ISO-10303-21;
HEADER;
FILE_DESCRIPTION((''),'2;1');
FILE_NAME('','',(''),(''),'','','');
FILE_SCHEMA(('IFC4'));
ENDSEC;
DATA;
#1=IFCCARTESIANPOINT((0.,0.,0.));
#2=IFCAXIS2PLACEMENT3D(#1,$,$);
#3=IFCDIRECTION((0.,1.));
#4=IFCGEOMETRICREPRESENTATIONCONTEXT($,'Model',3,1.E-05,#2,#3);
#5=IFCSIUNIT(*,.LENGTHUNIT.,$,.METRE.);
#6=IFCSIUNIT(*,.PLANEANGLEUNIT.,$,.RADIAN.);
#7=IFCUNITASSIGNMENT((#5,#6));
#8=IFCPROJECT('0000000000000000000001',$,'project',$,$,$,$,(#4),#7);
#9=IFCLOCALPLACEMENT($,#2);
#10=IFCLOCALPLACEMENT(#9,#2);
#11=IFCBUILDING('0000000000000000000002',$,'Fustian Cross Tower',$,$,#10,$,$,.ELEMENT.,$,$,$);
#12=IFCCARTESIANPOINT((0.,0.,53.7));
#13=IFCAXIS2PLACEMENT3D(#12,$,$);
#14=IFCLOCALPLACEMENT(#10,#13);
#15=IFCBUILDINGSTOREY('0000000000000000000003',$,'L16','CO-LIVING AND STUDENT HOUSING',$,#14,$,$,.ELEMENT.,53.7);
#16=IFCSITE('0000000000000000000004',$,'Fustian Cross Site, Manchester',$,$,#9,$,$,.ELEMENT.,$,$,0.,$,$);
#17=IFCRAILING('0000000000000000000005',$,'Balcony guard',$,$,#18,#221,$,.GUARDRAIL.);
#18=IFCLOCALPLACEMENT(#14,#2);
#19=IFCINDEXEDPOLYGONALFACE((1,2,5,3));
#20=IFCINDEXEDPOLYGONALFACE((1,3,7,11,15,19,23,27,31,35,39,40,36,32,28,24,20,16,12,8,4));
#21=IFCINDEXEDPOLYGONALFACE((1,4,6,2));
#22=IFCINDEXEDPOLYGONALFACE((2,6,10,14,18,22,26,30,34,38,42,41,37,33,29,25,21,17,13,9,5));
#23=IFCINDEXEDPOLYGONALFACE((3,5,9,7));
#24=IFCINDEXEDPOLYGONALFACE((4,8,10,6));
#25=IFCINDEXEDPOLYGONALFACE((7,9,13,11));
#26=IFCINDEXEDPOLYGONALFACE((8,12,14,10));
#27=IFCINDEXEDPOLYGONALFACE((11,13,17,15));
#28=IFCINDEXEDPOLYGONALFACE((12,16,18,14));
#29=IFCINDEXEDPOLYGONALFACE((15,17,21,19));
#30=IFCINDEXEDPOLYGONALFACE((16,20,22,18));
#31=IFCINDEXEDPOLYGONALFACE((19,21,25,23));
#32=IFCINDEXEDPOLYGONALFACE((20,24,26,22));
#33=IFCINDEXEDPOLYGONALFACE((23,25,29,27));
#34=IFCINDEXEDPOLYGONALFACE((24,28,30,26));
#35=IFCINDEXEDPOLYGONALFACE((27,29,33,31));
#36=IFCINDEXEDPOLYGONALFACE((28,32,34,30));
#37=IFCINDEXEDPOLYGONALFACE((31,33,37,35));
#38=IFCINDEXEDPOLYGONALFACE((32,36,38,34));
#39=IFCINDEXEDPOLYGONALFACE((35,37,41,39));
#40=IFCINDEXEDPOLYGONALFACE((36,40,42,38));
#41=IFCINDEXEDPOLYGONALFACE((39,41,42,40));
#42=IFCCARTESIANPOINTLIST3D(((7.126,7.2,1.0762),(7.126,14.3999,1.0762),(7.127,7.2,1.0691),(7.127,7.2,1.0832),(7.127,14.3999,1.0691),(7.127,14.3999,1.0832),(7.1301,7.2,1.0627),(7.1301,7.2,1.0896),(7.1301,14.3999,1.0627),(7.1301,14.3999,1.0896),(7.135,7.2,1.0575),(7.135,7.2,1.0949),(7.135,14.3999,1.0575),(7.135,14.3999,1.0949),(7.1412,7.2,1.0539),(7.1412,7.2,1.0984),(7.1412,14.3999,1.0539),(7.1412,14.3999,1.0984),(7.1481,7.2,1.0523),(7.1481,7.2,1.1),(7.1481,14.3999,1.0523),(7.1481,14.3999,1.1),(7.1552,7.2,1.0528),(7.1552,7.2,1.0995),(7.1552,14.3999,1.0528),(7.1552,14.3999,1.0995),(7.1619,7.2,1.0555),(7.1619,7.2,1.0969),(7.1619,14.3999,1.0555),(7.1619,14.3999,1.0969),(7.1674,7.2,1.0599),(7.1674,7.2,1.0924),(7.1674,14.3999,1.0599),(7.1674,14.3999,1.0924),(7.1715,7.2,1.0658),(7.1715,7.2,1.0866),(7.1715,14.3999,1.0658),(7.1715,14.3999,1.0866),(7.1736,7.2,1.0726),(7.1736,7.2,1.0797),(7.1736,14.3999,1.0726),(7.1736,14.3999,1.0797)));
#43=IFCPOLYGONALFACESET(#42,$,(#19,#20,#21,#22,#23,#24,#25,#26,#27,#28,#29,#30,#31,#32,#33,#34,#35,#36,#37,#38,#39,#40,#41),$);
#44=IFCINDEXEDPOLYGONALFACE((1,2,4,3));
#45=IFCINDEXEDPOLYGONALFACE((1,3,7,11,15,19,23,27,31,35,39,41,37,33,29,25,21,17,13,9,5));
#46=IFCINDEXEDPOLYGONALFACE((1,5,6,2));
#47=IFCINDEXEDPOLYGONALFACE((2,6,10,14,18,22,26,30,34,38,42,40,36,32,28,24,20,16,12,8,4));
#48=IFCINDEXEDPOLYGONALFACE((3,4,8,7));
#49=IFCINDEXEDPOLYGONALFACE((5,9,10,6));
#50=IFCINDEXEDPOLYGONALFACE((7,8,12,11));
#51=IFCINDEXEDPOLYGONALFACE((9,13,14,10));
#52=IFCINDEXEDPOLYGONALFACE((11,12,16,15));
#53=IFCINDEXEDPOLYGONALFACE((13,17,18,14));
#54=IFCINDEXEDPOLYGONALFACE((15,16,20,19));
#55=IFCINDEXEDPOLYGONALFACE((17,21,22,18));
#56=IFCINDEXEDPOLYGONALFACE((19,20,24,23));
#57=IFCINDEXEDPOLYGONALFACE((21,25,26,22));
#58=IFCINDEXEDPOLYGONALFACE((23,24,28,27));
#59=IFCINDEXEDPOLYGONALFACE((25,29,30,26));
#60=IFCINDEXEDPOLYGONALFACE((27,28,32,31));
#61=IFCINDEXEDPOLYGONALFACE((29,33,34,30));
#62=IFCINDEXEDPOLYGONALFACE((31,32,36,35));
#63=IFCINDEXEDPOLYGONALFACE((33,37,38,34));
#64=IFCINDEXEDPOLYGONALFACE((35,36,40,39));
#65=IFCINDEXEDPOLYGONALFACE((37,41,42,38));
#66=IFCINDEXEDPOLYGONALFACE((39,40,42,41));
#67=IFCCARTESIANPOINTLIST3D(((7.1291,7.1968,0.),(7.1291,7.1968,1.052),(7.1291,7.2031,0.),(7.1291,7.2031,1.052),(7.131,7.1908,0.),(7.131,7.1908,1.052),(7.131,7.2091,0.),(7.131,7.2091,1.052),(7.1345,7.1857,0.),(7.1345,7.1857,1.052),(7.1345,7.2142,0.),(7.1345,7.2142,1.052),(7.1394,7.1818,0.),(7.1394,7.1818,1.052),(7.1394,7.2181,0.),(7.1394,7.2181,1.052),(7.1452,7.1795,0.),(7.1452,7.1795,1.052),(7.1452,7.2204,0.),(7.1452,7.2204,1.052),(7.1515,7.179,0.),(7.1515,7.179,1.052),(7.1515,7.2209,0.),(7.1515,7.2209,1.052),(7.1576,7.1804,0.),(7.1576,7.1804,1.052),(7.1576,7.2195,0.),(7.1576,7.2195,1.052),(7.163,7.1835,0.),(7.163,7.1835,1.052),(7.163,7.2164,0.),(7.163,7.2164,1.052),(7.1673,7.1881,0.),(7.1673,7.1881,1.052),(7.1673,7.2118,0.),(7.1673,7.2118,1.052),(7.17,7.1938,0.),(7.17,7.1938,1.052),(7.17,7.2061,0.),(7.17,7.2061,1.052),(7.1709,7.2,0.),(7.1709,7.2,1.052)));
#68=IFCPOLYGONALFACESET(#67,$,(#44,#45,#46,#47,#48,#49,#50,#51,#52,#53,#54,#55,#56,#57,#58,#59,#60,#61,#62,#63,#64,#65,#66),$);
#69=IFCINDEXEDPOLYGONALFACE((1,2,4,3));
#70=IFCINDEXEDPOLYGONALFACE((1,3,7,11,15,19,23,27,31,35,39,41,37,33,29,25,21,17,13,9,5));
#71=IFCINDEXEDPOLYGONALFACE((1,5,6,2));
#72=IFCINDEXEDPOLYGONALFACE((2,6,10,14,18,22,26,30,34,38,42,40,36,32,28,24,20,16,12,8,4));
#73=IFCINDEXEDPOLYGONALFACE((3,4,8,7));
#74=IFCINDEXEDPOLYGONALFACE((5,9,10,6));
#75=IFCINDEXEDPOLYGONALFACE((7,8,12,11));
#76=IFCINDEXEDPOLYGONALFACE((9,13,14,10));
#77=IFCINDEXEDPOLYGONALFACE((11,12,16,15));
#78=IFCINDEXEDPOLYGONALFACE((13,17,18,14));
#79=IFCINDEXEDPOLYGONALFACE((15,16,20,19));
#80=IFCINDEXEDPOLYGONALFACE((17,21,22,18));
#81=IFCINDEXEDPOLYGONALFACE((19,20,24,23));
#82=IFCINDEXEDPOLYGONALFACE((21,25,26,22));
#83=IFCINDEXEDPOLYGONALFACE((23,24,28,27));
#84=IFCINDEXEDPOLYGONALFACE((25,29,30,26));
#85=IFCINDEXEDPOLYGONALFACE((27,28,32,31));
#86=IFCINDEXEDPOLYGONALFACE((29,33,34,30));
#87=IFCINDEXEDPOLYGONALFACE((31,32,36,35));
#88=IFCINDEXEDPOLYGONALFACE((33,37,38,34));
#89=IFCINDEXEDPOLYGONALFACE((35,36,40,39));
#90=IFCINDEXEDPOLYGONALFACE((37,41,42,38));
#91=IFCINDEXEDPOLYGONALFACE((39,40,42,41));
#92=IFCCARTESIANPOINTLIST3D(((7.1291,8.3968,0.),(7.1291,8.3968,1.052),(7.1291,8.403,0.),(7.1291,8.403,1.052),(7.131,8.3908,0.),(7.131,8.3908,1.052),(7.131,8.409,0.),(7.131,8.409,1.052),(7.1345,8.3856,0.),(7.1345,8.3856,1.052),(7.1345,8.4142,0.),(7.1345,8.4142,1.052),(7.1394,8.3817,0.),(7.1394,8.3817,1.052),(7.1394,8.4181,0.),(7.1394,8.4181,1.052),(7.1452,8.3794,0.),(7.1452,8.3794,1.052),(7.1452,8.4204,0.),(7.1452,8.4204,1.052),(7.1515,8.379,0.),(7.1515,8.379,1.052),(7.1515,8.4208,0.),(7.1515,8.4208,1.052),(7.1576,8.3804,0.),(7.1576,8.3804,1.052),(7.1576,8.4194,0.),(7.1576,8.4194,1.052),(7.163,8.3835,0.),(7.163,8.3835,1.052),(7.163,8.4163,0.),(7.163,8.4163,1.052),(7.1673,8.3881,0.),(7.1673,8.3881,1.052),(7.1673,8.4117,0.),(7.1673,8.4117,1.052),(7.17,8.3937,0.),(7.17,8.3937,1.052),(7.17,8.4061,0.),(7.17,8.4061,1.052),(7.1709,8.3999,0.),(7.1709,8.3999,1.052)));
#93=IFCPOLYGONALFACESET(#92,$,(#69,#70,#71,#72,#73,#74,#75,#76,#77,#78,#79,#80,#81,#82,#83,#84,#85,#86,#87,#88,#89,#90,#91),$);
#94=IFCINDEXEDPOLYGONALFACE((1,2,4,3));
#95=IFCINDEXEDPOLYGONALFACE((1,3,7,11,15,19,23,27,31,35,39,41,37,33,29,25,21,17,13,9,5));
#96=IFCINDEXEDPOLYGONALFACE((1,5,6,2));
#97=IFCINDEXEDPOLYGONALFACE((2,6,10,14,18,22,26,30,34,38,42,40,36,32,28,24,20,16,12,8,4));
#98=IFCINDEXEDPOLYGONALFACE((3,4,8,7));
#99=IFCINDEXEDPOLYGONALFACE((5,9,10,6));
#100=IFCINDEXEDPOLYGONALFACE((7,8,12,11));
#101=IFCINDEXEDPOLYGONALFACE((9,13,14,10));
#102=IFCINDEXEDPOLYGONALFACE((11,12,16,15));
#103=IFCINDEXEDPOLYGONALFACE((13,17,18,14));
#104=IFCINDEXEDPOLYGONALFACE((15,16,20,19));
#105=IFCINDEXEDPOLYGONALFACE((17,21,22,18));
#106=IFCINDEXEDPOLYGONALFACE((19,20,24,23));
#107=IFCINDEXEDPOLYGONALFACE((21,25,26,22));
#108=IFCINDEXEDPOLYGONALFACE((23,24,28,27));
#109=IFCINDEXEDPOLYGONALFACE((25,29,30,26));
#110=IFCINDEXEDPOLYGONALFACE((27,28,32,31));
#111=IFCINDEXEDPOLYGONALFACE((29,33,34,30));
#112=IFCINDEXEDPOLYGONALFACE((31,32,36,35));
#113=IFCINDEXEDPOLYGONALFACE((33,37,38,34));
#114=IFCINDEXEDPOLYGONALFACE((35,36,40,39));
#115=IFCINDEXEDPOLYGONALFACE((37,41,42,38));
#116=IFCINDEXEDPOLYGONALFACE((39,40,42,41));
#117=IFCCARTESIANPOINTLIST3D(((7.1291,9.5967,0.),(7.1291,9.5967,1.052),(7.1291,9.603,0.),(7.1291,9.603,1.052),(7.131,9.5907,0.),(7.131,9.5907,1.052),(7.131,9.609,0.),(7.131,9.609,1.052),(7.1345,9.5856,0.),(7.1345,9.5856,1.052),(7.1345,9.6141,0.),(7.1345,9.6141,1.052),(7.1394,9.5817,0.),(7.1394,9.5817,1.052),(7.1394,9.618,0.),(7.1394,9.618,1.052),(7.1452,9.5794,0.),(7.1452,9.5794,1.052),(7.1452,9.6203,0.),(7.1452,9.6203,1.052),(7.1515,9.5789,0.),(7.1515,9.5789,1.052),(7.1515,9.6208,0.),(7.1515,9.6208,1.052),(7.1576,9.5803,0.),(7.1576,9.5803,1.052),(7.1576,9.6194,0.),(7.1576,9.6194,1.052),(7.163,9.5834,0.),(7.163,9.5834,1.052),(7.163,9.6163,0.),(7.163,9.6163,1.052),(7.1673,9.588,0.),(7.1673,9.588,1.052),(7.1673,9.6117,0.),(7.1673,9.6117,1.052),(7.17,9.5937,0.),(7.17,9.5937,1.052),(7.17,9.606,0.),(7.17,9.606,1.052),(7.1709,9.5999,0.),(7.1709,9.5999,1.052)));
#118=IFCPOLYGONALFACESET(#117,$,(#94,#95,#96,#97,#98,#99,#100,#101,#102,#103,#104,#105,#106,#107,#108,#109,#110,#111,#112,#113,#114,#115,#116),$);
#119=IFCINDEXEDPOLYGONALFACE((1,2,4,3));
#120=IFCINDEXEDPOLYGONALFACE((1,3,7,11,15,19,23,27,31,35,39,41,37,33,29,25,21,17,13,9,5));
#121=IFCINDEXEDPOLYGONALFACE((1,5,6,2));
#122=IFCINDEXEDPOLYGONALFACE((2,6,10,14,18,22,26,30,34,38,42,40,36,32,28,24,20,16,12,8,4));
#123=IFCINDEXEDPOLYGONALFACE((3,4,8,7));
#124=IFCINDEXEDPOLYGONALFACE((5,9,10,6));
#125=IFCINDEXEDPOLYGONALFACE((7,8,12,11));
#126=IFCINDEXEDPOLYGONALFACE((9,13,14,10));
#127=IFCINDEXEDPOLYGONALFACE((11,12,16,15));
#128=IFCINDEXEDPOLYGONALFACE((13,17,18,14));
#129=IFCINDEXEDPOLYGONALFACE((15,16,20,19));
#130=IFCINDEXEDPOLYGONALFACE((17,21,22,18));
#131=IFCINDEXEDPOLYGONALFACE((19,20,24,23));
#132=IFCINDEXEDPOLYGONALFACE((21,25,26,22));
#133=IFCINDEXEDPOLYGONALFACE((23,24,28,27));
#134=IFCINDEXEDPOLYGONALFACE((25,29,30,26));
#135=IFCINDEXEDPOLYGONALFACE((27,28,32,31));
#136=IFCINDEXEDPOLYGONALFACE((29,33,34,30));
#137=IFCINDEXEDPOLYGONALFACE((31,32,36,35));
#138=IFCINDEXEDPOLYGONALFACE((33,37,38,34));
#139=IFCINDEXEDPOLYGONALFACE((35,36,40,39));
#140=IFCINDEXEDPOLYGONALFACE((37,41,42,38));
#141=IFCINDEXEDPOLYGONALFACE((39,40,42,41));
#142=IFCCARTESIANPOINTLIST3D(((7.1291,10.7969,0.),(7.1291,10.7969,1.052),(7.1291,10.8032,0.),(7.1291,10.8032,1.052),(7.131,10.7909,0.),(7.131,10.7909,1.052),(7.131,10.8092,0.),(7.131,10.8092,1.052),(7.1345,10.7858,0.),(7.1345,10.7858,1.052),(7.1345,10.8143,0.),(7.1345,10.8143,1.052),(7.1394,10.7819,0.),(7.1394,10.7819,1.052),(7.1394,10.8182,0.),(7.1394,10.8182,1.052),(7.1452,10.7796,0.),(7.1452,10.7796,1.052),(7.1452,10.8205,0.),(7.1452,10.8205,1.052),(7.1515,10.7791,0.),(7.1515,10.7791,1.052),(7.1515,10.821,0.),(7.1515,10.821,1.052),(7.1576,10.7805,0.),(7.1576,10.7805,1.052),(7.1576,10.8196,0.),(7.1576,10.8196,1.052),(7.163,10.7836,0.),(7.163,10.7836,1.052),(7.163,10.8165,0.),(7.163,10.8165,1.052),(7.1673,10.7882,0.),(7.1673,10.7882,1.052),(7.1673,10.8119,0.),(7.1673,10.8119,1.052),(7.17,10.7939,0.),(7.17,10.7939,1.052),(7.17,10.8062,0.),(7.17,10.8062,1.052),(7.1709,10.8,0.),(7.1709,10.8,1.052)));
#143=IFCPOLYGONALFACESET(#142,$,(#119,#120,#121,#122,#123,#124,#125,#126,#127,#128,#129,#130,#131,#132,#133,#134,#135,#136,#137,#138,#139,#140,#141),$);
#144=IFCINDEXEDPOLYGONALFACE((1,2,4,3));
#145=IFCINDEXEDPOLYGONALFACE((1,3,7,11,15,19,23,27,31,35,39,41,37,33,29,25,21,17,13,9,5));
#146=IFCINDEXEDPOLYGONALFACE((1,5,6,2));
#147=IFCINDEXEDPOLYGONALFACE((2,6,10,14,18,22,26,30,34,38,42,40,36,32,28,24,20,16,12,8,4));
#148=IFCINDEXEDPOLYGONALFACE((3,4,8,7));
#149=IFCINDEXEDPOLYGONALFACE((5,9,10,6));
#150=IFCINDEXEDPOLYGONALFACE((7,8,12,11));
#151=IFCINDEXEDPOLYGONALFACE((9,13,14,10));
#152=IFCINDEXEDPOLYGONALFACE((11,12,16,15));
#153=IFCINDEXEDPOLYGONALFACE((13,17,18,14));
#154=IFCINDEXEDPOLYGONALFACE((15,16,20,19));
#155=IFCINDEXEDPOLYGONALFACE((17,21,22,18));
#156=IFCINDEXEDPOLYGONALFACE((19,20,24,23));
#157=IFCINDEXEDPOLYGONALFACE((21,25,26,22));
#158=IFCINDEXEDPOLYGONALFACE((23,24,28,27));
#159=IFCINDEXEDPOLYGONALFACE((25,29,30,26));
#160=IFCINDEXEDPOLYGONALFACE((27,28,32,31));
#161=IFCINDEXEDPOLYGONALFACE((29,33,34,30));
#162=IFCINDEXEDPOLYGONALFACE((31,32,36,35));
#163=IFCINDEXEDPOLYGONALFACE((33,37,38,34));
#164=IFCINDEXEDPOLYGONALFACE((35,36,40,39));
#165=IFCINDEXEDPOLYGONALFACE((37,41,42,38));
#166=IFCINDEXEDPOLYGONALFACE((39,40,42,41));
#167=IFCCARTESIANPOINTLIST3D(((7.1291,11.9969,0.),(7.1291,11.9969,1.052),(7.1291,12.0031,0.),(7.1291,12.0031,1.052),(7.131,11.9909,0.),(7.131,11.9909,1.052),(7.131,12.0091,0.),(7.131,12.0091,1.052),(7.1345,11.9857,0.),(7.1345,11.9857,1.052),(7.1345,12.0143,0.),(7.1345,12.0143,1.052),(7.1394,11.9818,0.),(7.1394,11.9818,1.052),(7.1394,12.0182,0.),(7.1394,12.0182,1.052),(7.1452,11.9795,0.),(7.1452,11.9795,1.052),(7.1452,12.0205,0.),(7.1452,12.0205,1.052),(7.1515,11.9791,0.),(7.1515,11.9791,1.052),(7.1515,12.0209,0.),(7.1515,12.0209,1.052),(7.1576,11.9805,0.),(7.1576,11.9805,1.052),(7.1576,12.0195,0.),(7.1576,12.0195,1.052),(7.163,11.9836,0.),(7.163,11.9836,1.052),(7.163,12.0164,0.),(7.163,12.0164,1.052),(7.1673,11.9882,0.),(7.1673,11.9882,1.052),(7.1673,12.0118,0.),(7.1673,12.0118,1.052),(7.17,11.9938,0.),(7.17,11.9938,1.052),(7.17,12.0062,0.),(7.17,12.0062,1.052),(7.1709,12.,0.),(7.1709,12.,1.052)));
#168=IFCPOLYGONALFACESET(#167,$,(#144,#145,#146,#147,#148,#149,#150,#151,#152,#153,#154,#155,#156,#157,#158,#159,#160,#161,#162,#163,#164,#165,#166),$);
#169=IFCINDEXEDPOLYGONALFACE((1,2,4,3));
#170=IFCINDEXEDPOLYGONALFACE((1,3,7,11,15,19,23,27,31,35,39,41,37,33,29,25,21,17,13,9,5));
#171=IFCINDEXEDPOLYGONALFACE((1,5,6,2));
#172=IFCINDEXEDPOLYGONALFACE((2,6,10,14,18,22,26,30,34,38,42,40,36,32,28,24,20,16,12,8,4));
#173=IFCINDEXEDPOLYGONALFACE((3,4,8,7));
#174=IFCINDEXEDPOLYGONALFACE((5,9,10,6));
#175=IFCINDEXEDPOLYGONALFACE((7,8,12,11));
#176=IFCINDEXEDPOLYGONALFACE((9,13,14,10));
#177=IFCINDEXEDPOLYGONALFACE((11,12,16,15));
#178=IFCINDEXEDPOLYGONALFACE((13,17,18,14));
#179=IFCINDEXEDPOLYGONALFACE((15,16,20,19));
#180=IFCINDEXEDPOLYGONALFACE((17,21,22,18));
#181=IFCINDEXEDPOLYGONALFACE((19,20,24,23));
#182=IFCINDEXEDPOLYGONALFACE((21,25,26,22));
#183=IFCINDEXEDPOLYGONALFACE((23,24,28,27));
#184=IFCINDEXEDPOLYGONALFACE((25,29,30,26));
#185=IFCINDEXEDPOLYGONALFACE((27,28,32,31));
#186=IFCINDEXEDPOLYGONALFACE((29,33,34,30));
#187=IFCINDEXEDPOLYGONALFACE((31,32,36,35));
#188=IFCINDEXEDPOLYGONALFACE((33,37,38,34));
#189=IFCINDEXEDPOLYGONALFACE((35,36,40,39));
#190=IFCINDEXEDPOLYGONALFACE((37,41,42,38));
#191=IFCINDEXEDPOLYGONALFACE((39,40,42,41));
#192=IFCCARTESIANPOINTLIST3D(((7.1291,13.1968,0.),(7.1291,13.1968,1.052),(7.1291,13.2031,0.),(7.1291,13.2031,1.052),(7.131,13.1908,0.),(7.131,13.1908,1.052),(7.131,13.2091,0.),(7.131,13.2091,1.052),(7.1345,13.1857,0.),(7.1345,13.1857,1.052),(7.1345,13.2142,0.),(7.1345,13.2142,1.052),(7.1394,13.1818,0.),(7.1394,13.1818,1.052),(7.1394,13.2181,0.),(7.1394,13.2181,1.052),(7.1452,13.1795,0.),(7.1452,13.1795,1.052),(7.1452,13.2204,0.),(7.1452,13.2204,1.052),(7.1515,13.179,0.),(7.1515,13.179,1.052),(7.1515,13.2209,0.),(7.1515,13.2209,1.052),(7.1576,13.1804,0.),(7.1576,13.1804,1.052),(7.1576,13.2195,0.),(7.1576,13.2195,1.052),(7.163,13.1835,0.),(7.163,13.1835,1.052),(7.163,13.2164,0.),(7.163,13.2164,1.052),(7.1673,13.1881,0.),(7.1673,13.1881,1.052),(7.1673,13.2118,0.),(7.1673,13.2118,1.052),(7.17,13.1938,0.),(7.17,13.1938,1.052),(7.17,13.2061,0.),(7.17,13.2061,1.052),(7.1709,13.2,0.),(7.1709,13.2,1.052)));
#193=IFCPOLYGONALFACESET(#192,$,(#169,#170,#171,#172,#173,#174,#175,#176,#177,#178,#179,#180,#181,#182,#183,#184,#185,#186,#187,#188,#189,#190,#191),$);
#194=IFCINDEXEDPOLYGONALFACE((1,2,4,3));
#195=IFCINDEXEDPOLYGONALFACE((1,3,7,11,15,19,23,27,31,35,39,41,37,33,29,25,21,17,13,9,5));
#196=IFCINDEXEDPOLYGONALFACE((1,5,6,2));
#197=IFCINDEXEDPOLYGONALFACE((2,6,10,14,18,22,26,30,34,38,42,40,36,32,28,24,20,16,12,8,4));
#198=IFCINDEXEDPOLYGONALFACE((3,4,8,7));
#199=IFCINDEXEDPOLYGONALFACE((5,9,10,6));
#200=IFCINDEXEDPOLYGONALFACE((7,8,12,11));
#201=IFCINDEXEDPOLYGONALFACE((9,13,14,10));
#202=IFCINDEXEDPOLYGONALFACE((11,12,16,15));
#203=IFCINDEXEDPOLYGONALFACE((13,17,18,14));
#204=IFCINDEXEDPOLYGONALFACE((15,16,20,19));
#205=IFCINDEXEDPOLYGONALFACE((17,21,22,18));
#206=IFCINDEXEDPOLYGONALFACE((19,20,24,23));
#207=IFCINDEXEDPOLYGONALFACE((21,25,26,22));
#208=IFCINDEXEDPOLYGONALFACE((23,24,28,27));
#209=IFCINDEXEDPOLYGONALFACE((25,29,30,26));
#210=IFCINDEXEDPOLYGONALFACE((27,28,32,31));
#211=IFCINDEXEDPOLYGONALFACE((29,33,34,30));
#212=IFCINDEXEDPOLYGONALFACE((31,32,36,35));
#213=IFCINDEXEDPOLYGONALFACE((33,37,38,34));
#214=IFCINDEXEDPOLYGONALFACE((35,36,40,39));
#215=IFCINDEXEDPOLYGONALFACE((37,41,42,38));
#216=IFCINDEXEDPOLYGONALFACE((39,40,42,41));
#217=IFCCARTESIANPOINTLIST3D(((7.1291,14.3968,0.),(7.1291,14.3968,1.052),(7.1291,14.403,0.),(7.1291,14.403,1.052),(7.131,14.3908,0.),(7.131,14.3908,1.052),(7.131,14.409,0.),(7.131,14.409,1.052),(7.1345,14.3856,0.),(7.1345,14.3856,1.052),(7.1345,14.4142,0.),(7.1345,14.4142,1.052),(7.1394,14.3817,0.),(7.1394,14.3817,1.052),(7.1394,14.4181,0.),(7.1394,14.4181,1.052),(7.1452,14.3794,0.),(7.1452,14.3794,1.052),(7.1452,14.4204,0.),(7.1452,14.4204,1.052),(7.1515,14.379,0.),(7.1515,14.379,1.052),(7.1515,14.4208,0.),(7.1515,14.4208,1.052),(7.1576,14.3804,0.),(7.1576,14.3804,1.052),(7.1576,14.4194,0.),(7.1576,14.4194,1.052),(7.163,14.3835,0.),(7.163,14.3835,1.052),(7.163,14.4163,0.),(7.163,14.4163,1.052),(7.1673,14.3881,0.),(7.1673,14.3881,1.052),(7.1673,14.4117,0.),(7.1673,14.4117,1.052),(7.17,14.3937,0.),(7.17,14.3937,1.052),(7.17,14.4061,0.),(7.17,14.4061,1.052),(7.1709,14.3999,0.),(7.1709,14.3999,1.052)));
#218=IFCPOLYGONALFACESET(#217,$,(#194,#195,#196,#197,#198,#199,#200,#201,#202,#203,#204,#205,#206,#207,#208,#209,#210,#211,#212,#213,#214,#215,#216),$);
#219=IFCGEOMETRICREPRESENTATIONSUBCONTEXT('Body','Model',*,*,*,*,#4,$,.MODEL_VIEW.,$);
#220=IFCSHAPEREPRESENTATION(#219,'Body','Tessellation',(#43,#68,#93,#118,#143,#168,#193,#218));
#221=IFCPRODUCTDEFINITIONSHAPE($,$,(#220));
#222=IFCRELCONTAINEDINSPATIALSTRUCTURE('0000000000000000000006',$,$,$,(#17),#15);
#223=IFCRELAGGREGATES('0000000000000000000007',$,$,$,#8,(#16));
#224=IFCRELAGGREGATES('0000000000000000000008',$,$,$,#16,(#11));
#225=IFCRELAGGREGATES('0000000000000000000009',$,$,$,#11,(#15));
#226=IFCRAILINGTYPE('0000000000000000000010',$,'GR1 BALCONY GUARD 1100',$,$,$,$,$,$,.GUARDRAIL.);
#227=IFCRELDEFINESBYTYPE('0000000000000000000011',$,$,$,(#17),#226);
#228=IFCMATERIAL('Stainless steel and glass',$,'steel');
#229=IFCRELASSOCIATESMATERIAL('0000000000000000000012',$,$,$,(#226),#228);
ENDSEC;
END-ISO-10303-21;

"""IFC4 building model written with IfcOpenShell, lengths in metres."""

from ifc_helpers import new_model, si_unit, direction, frame, origin, origin_2d, place, context, subcontext, project, spatial, circle, extrude, material, type_object, element, save


model = new_model("IFC4")

# Units and contexts
model_context = context("Model", 3, precision=1e-05, world=origin(), true_north=direction((0.0, 1.0)))
body_context = subcontext(model_context, "Body", "Model", "MODEL_VIEW")
ifc_project = project(units=[si_unit("LENGTHUNIT", "METRE"), si_unit("PLANEANGLEUNIT", "RADIAN")], contexts=[model_context])

# Site, building, storey
site_placement = place(None, origin())
site = spatial("IfcSite", under=ifc_project, at=site_placement, Name="Fustian Cross Site, Manchester", CompositionType="ELEMENT", RefElevation=0.0)
building_placement = place(site_placement, origin())
building = spatial("IfcBuilding", under=site, at=building_placement, Name="Fustian Cross Tower", CompositionType="ELEMENT")
storey_placement = place(building_placement, frame((0.0, 0.0, 53.7)))
storey = spatial("IfcBuildingStorey", under=building, at=storey_placement, Name="L16", Description="CO-LIVING AND STUDENT HOUSING", CompositionType="ELEMENT", Elevation=53.7)

# Railing
ifc_material_1 = material(Name="Stainless steel and glass", Category="steel")
railing_type = type_object("IfcRailingType", Name="GR1 BALCONY GUARD 1100", PredefinedType="GUARDRAIL", material=ifc_material_1)
railing_placement = place(storey_placement, frame((7.1499, 7.2, 0.0)))
element("IfcRailing", 1, at=railing_placement, inside=storey, type_object=railing_type, Name="Balcony guard", PredefinedType="GUARDRAIL", context=body_context, shape_type="SweptSolid", body=[
    extrude(circle(Radius=0.0239, at=origin_2d()), frame((0.0, 0.0, 1.0762), z_axis=(0.0, 1.0, 0.0), x_axis=(-1.0, 0.0, 0.0)), (0.0, 0.0, 1.0), 7.2),
    extrude(circle(Radius=0.021, at=origin_2d()), origin(), (0.0, 0.0, 1.0), 1.052),
    extrude(circle(Radius=0.021, at=origin_2d()), frame((0.0, 1.2, 0.0)), (0.0, 0.0, 1.0), 1.052),
    extrude(circle(Radius=0.021, at=origin_2d()), frame((0.0, 2.3999, 0.0)), (0.0, 0.0, 1.0), 1.052),
    extrude(circle(Radius=0.021, at=origin_2d()), frame((0.0, 3.6001, 0.0)), (0.0, 0.0, 1.0), 1.052),
    extrude(circle(Radius=0.021, at=origin_2d()), frame((0.0, 4.8, 0.0)), (0.0, 0.0, 1.0), 1.052),
    extrude(circle(Radius=0.021, at=origin_2d()), frame((0.0, 6.0, 0.0)), (0.0, 0.0, 1.0), 1.052),
    extrude(circle(Radius=0.021, at=origin_2d()), frame((0.0, 7.2, 0.0)), (0.0, 0.0, 1.0), 1.052),
])

save(model, "model.ifc")
